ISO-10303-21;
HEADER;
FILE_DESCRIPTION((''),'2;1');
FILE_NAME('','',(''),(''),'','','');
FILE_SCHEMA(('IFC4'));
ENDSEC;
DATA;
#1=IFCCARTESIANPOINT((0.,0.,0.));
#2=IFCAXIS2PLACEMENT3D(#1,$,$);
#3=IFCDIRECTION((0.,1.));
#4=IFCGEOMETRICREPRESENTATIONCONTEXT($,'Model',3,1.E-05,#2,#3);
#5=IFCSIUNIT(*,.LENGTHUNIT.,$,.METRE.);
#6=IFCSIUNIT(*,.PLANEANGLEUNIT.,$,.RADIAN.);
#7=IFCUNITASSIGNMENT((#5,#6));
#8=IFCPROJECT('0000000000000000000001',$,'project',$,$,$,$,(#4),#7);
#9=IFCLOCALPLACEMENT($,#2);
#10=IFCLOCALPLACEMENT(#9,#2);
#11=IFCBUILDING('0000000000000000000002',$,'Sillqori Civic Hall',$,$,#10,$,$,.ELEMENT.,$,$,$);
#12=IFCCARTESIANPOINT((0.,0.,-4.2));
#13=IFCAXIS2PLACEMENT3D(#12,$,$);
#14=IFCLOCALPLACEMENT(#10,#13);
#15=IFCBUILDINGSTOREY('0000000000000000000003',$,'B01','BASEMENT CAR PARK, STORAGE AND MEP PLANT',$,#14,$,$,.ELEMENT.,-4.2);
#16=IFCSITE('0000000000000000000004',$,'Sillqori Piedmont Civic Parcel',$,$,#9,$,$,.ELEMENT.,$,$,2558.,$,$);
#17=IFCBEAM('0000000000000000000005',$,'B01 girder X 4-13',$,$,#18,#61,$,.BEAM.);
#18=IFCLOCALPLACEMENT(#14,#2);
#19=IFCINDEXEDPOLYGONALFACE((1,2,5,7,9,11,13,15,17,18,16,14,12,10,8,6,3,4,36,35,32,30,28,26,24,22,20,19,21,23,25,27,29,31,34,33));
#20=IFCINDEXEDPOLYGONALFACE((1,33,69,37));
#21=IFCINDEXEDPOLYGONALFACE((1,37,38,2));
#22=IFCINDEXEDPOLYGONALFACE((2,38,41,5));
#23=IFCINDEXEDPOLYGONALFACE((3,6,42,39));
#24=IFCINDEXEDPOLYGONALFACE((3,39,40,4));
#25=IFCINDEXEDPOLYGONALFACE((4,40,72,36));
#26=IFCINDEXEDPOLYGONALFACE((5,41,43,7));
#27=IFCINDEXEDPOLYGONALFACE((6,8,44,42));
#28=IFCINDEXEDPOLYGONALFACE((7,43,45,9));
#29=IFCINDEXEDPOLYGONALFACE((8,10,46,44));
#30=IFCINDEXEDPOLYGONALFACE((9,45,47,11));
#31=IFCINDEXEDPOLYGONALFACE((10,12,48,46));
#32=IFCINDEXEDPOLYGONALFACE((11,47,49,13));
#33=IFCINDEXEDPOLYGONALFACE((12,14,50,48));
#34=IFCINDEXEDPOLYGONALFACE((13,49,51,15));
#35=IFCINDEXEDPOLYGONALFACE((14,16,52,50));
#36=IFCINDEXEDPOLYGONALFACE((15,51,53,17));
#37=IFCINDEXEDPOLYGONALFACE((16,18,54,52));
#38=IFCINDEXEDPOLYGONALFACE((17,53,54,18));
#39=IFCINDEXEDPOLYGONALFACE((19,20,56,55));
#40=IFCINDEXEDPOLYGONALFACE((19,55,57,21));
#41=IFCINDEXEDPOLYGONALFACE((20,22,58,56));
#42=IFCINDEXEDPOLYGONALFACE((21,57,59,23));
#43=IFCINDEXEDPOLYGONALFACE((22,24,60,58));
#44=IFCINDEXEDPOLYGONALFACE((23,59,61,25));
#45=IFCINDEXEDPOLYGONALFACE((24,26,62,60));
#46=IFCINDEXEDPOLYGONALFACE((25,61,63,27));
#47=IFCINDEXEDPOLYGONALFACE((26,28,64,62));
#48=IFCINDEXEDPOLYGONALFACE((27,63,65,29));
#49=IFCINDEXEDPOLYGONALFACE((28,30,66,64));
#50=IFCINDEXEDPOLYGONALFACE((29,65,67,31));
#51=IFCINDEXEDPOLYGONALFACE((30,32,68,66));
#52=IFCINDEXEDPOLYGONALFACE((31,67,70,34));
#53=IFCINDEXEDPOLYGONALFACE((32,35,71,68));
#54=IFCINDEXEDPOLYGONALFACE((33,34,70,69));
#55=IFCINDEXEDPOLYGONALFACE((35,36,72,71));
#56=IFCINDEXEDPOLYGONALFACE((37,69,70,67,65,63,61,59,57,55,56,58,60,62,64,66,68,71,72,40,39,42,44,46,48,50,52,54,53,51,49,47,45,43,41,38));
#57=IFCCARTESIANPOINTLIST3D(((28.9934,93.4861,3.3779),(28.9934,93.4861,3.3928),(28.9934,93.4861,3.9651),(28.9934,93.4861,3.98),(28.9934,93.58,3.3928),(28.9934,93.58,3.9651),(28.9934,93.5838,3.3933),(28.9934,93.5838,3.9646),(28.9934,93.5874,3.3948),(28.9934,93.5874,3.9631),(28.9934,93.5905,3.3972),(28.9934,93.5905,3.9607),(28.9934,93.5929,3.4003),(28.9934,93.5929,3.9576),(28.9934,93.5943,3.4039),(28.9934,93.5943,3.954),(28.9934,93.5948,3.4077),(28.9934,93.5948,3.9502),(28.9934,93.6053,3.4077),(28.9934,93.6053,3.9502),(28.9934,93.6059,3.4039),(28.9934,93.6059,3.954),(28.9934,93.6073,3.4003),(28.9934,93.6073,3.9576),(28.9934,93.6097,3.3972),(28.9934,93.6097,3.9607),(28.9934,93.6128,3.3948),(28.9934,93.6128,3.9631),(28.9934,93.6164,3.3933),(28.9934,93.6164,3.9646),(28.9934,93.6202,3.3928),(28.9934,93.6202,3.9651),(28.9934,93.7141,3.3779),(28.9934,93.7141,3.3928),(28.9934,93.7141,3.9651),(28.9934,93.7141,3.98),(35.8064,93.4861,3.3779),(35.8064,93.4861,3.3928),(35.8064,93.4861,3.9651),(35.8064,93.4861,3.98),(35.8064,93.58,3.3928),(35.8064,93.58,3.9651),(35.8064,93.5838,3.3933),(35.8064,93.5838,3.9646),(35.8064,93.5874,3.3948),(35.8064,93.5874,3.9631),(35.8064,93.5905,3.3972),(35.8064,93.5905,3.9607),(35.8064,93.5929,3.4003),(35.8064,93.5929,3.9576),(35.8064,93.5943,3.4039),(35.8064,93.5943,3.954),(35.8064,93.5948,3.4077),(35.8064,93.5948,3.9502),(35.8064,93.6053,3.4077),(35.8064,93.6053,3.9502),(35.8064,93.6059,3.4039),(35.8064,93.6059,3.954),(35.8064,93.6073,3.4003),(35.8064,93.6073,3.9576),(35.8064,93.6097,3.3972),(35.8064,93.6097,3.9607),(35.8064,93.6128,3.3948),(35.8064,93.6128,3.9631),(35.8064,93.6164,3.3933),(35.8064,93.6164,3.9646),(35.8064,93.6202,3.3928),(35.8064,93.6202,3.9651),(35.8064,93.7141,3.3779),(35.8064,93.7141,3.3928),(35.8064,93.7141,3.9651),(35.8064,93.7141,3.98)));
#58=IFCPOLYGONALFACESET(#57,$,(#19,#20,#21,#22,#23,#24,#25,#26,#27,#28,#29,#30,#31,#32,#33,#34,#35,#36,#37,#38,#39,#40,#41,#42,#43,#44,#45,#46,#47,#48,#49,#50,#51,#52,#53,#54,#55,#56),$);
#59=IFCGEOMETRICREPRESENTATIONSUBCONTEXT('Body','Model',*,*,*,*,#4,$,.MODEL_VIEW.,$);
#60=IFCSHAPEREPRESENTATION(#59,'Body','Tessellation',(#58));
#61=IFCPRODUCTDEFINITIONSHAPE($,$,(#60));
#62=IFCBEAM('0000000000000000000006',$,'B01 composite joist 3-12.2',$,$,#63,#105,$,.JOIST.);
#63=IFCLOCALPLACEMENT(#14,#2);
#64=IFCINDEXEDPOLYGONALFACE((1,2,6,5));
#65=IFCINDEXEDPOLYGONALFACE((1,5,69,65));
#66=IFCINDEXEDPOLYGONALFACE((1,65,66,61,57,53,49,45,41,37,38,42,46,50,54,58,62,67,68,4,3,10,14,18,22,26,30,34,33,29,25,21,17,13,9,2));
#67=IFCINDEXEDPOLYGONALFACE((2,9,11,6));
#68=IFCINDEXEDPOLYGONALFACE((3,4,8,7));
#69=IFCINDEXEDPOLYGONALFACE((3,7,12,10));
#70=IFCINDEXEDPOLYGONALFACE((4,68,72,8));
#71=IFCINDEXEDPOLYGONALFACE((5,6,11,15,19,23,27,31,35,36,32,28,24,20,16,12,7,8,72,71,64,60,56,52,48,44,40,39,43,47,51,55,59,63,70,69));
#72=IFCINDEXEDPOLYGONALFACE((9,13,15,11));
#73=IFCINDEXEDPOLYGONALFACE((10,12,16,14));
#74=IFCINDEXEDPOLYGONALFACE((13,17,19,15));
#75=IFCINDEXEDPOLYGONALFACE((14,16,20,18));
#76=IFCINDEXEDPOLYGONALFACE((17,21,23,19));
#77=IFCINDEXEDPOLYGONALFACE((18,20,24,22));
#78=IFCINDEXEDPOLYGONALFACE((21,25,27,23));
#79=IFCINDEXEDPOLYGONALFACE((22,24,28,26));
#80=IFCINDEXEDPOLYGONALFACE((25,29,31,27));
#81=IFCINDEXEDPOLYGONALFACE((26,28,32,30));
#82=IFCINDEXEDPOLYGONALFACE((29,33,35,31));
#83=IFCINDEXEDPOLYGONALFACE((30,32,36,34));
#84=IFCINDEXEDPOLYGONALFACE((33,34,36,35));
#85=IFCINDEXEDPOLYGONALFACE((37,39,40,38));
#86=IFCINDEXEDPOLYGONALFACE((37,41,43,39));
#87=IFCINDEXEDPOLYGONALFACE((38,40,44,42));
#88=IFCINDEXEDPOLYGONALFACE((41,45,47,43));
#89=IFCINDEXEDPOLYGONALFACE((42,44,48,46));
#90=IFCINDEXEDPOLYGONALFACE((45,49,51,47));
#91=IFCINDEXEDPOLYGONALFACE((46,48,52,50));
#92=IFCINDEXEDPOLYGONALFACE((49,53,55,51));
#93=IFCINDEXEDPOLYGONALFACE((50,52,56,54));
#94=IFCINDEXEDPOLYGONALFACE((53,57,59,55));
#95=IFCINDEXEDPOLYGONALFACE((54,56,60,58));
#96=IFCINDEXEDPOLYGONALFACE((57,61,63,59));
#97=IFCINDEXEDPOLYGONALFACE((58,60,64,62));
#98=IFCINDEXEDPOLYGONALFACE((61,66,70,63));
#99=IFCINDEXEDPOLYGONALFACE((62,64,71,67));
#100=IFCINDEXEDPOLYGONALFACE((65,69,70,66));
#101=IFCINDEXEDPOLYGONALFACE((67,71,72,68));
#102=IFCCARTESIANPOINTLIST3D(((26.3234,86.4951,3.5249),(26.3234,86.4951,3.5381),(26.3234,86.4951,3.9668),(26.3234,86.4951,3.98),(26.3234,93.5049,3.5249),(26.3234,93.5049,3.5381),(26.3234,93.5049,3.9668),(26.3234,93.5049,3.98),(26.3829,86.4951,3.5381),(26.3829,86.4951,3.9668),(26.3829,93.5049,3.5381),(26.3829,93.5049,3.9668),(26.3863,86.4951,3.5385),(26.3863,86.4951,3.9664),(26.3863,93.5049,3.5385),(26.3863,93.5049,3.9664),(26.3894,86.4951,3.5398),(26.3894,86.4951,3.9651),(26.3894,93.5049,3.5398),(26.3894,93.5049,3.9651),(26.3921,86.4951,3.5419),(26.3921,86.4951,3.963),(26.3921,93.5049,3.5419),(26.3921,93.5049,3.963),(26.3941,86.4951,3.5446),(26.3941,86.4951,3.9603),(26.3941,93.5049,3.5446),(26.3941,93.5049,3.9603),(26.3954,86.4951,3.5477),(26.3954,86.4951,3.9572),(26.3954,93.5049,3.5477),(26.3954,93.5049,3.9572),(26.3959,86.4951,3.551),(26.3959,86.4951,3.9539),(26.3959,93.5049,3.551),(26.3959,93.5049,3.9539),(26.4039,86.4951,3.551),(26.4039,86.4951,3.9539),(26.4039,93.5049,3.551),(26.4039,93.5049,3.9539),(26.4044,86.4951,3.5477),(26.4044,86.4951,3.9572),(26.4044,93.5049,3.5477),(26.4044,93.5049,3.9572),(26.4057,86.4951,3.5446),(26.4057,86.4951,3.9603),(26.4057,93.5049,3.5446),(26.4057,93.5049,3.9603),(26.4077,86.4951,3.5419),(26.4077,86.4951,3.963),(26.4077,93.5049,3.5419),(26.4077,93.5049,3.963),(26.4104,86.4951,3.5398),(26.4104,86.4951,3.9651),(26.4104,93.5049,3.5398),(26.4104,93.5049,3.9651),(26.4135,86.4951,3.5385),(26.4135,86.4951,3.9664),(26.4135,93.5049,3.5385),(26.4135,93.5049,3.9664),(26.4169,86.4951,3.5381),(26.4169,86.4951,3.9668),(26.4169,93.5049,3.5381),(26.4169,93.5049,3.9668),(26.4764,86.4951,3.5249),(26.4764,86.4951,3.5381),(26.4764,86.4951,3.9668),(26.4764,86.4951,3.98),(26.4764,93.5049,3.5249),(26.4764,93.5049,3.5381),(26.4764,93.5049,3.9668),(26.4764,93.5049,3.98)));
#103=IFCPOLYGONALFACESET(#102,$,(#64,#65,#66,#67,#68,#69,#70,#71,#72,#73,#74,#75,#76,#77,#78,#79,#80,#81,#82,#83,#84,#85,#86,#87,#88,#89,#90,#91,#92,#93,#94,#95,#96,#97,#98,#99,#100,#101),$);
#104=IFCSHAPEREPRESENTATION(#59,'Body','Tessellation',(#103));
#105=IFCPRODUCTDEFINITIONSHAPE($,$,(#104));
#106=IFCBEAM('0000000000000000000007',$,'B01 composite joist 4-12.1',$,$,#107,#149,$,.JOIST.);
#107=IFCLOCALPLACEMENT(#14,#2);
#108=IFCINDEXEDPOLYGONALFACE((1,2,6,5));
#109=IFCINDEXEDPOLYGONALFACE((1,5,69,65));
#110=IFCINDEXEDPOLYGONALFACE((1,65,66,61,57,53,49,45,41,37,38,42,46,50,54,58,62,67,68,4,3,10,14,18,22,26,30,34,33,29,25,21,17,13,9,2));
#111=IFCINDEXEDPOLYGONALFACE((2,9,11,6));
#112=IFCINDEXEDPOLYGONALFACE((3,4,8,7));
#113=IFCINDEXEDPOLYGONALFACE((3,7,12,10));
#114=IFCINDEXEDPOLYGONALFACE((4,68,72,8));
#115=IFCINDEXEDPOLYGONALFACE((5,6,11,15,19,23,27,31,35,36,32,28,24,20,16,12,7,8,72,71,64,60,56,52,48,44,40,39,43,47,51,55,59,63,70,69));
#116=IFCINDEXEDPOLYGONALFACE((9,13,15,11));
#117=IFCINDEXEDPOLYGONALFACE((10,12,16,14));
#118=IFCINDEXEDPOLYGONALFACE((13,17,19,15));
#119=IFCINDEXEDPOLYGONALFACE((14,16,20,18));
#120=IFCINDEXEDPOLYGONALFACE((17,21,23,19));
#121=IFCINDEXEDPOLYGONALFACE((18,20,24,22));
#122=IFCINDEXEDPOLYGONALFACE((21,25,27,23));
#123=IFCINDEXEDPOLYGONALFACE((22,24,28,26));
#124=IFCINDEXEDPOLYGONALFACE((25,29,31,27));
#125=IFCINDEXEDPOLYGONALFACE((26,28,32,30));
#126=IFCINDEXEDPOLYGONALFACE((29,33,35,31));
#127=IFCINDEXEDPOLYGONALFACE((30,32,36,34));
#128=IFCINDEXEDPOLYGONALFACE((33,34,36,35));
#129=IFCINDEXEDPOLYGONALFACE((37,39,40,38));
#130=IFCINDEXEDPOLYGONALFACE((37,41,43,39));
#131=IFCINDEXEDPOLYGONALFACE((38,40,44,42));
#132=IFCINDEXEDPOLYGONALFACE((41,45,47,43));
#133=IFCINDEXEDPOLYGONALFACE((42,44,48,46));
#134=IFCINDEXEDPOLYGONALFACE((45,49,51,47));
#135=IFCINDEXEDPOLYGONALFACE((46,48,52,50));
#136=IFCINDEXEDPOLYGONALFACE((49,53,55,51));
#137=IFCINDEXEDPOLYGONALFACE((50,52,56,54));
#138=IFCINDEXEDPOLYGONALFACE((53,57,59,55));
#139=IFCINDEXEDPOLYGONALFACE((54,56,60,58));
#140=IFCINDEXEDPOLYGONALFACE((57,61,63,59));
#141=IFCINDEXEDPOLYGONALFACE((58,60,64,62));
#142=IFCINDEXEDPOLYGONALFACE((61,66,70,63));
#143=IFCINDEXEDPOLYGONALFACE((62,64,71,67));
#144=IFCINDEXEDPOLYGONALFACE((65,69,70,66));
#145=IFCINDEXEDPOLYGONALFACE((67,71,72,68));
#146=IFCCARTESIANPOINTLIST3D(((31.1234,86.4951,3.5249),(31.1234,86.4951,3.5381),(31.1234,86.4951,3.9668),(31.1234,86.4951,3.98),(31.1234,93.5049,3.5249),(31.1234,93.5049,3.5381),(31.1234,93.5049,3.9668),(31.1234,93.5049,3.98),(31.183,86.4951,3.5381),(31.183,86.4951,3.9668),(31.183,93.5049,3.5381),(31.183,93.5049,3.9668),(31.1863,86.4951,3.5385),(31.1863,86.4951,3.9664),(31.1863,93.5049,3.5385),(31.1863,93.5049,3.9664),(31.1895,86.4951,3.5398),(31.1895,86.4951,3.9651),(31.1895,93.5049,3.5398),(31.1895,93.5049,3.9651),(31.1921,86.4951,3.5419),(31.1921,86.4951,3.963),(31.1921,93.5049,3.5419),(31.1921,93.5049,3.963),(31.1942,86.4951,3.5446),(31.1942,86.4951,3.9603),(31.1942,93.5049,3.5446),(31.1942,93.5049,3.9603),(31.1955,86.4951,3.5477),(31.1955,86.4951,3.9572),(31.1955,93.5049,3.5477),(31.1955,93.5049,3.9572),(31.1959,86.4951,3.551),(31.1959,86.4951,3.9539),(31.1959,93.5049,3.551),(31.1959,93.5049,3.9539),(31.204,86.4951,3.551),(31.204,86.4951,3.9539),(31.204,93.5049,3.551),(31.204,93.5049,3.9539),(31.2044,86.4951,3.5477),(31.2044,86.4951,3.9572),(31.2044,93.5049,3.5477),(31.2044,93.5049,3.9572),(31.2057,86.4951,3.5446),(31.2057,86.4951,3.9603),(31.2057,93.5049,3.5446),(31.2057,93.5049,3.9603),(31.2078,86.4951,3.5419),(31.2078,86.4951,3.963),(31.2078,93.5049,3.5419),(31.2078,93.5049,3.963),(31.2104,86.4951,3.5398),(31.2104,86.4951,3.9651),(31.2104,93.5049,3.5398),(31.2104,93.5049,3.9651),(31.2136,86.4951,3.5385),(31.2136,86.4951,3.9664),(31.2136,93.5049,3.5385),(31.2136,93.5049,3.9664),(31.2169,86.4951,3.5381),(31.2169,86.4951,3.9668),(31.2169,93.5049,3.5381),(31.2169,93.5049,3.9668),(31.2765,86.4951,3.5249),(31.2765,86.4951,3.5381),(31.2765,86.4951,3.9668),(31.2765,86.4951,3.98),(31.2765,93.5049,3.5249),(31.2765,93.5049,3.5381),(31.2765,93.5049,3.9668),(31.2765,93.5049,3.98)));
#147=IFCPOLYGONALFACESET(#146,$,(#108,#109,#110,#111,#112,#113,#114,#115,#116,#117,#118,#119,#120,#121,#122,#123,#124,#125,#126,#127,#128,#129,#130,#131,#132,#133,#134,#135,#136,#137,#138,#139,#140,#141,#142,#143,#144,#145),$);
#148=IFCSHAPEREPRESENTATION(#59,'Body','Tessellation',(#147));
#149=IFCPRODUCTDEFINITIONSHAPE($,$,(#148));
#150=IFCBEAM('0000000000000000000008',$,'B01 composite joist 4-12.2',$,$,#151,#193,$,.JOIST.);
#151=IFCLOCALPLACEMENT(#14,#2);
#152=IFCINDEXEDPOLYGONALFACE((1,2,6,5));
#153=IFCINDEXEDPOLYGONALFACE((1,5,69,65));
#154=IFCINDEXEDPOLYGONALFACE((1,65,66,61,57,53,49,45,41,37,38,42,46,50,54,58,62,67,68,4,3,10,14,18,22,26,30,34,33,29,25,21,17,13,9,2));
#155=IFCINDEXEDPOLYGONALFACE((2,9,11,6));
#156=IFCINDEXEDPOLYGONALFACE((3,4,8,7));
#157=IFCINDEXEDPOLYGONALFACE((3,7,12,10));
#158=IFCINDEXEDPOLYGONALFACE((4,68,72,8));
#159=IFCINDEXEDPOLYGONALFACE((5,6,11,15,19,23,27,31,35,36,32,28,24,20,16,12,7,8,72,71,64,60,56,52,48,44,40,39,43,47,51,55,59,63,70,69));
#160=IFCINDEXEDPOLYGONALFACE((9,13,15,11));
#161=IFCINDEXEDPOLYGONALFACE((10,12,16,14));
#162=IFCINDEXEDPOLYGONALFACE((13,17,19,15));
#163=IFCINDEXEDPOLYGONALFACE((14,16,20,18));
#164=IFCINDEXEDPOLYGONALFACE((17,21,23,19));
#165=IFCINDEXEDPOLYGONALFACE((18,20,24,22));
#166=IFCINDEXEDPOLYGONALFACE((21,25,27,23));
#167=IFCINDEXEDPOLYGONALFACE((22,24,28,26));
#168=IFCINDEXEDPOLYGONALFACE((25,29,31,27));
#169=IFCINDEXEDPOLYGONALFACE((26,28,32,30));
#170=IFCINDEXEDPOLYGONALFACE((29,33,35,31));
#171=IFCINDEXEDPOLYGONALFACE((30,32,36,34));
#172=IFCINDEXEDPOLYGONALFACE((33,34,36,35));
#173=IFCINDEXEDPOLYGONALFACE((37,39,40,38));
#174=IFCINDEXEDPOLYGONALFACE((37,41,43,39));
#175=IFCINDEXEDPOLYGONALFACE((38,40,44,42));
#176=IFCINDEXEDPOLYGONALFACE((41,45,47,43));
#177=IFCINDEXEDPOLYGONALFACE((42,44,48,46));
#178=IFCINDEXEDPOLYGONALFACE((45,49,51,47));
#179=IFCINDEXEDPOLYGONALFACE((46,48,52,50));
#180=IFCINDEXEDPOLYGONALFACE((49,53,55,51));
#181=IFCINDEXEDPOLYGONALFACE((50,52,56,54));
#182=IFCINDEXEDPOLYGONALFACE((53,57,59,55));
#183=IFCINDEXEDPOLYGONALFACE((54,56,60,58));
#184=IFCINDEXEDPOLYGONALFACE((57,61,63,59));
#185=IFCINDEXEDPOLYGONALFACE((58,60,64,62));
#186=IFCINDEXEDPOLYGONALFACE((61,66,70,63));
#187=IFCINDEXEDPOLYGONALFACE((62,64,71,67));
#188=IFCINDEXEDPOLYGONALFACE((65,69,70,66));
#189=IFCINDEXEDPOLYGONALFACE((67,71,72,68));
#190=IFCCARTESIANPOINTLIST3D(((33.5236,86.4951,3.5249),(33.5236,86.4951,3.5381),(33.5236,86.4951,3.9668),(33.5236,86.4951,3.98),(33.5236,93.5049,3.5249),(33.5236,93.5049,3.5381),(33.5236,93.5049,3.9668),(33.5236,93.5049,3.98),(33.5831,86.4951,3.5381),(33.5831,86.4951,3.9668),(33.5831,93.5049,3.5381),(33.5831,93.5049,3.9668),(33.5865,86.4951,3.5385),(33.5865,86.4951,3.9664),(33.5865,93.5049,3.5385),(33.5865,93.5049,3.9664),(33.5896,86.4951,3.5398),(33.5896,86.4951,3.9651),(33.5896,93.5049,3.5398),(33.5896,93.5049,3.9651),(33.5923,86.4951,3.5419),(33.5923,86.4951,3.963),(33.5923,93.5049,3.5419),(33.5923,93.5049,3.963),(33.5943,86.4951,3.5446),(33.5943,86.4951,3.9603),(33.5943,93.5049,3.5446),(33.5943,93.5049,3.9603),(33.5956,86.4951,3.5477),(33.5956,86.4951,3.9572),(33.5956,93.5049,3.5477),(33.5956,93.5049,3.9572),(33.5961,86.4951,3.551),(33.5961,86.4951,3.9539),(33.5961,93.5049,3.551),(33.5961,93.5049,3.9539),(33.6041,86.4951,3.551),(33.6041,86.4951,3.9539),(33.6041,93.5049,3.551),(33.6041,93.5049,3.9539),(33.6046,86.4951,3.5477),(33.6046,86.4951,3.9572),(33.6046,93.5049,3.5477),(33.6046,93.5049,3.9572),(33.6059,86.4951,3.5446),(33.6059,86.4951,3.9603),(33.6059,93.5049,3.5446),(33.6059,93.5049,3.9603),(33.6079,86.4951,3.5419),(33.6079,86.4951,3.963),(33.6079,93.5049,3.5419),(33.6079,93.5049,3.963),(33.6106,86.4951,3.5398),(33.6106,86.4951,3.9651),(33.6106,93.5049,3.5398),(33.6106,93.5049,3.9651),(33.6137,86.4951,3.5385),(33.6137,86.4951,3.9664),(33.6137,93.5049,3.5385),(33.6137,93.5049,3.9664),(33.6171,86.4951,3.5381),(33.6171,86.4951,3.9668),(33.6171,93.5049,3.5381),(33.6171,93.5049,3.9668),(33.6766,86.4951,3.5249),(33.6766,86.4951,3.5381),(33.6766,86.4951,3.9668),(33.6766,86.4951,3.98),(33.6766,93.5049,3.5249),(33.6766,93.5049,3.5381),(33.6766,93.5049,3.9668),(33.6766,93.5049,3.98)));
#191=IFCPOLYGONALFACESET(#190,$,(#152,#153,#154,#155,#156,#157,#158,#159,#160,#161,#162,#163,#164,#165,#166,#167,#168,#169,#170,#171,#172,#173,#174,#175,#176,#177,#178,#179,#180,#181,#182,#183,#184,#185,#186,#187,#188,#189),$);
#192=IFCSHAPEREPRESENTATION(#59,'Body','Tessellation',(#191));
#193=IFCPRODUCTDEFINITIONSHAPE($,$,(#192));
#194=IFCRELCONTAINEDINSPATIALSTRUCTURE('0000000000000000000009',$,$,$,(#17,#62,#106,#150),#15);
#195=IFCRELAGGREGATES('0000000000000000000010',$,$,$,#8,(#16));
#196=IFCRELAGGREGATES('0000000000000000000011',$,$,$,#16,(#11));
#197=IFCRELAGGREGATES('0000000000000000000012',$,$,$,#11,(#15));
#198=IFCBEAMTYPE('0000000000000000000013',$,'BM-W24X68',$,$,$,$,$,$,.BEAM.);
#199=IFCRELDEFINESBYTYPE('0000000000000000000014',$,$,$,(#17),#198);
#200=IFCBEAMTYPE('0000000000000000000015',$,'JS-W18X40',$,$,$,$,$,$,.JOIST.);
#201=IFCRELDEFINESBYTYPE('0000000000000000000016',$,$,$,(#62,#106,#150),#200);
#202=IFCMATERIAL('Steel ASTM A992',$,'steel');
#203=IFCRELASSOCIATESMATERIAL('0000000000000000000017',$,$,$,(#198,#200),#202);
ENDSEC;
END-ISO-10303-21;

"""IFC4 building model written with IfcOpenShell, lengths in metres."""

from ifc_helpers import new_model, si_unit, direction, frame, origin, origin_2d, place, context, subcontext, project, spatial, i_section, extrude, material, material_profile, profile_set, type_object, element, save


model = new_model("IFC4")

# Units and contexts
model_context = context("Model", 3, precision=1e-05, world=origin(), true_north=direction((0.0, 1.0)))
body_context = subcontext(model_context, "Body", "Model", "MODEL_VIEW")
ifc_project = project(units=[si_unit("LENGTHUNIT", "METRE"), si_unit("PLANEANGLEUNIT", "RADIAN")], contexts=[model_context])

# Site, building, storey
site_placement = place(None, origin())
site = spatial("IfcSite", under=ifc_project, at=site_placement, Name="Sillqori Piedmont Civic Parcel", CompositionType="ELEMENT", RefElevation=2558.0)
building_placement = place(site_placement, origin())
building = spatial("IfcBuilding", under=site, at=building_placement, Name="Sillqori Civic Hall", CompositionType="ELEMENT")
storey_placement = place(building_placement, frame((0.0, 0.0, -4.2)))
storey = spatial("IfcBuildingStorey", under=building, at=storey_placement, Name="B01", Description="BASEMENT CAR PARK, STORAGE AND MEP PLANT", CompositionType="ELEMENT", Elevation=-4.2)

# Shared definitions
ifc_material_1 = material(Name="Steel ASTM A992", Category="steel")

# Beams
ifc_material_profile_1 = material_profile(ifc_material_1, i_section(OverallWidth=0.228, OverallDepth=0.6021, WebThickness=0.0105, FlangeThickness=0.0149, FilletRadius=0.0149, at=origin_2d()), Name="W24X68")
ifc_profile_set_1 = profile_set([ifc_material_profile_1], Name="Steel ASTM A992")
beam_type_1 = type_object("IfcBeamType", Name="BM-W24X68", PredefinedType="BEAM", material=ifc_profile_set_1)
for number, where, z_axis, x_axis, name in (
    (1, (28.9934, 93.6001, 3.679), (1.0, 0.0, 0.0), (0.0, 1.0, 0.0), "B01 girder X 4-13"),
):
    element("IfcBeam", number, at=place(storey_placement, frame(where, z_axis=z_axis, x_axis=x_axis)), inside=storey, type_object=beam_type_1, Name=name, PredefinedType="BEAM", context=body_context, shape_type="SweptSolid", body=[
        extrude(i_section(OverallWidth=0.228, OverallDepth=0.6021, WebThickness=0.0105, FlangeThickness=0.0149, FilletRadius=0.0149, at=origin_2d()), origin(), (0.0, 0.0, 1.0), 6.813),
    ])
ifc_material_profile_2 = material_profile(ifc_material_1, i_section(OverallWidth=0.1531, OverallDepth=0.4551, WebThickness=0.0081, FlangeThickness=0.0132, FilletRadius=0.0129, at=origin_2d()), Name="W18X40")
ifc_profile_set_2 = profile_set([ifc_material_profile_2], Name="Steel ASTM A992")
beam_type_2 = type_object("IfcBeamType", Name="JS-W18X40", PredefinedType="JOIST", material=ifc_profile_set_2)
for number, where, z_axis, x_axis, name in (
    (2, (26.3999, 86.4951, 3.7524), (0.0, 1.0, 0.0), (-1.0, 0.0, 0.0), "B01 composite joist 3-12.2"),
    (3, (31.2, 86.4951, 3.7524), (0.0, 1.0, 0.0), (-1.0, 0.0, 0.0), "B01 composite joist 4-12.1"),
    (4, (33.6001, 86.4951, 3.7524), (0.0, 1.0, 0.0), (-1.0, 0.0, 0.0), "B01 composite joist 4-12.2"),
):
    element("IfcBeam", number, at=place(storey_placement, frame(where, z_axis=z_axis, x_axis=x_axis)), inside=storey, type_object=beam_type_2, Name=name, PredefinedType="JOIST", context=body_context, shape_type="SweptSolid", body=[
        extrude(i_section(OverallWidth=0.1531, OverallDepth=0.4551, WebThickness=0.0081, FlangeThickness=0.0132, FilletRadius=0.0129, at=origin_2d()), origin(), (0.0, 0.0, 1.0), 7.0098),
    ])

save(model, "model.ifc")
